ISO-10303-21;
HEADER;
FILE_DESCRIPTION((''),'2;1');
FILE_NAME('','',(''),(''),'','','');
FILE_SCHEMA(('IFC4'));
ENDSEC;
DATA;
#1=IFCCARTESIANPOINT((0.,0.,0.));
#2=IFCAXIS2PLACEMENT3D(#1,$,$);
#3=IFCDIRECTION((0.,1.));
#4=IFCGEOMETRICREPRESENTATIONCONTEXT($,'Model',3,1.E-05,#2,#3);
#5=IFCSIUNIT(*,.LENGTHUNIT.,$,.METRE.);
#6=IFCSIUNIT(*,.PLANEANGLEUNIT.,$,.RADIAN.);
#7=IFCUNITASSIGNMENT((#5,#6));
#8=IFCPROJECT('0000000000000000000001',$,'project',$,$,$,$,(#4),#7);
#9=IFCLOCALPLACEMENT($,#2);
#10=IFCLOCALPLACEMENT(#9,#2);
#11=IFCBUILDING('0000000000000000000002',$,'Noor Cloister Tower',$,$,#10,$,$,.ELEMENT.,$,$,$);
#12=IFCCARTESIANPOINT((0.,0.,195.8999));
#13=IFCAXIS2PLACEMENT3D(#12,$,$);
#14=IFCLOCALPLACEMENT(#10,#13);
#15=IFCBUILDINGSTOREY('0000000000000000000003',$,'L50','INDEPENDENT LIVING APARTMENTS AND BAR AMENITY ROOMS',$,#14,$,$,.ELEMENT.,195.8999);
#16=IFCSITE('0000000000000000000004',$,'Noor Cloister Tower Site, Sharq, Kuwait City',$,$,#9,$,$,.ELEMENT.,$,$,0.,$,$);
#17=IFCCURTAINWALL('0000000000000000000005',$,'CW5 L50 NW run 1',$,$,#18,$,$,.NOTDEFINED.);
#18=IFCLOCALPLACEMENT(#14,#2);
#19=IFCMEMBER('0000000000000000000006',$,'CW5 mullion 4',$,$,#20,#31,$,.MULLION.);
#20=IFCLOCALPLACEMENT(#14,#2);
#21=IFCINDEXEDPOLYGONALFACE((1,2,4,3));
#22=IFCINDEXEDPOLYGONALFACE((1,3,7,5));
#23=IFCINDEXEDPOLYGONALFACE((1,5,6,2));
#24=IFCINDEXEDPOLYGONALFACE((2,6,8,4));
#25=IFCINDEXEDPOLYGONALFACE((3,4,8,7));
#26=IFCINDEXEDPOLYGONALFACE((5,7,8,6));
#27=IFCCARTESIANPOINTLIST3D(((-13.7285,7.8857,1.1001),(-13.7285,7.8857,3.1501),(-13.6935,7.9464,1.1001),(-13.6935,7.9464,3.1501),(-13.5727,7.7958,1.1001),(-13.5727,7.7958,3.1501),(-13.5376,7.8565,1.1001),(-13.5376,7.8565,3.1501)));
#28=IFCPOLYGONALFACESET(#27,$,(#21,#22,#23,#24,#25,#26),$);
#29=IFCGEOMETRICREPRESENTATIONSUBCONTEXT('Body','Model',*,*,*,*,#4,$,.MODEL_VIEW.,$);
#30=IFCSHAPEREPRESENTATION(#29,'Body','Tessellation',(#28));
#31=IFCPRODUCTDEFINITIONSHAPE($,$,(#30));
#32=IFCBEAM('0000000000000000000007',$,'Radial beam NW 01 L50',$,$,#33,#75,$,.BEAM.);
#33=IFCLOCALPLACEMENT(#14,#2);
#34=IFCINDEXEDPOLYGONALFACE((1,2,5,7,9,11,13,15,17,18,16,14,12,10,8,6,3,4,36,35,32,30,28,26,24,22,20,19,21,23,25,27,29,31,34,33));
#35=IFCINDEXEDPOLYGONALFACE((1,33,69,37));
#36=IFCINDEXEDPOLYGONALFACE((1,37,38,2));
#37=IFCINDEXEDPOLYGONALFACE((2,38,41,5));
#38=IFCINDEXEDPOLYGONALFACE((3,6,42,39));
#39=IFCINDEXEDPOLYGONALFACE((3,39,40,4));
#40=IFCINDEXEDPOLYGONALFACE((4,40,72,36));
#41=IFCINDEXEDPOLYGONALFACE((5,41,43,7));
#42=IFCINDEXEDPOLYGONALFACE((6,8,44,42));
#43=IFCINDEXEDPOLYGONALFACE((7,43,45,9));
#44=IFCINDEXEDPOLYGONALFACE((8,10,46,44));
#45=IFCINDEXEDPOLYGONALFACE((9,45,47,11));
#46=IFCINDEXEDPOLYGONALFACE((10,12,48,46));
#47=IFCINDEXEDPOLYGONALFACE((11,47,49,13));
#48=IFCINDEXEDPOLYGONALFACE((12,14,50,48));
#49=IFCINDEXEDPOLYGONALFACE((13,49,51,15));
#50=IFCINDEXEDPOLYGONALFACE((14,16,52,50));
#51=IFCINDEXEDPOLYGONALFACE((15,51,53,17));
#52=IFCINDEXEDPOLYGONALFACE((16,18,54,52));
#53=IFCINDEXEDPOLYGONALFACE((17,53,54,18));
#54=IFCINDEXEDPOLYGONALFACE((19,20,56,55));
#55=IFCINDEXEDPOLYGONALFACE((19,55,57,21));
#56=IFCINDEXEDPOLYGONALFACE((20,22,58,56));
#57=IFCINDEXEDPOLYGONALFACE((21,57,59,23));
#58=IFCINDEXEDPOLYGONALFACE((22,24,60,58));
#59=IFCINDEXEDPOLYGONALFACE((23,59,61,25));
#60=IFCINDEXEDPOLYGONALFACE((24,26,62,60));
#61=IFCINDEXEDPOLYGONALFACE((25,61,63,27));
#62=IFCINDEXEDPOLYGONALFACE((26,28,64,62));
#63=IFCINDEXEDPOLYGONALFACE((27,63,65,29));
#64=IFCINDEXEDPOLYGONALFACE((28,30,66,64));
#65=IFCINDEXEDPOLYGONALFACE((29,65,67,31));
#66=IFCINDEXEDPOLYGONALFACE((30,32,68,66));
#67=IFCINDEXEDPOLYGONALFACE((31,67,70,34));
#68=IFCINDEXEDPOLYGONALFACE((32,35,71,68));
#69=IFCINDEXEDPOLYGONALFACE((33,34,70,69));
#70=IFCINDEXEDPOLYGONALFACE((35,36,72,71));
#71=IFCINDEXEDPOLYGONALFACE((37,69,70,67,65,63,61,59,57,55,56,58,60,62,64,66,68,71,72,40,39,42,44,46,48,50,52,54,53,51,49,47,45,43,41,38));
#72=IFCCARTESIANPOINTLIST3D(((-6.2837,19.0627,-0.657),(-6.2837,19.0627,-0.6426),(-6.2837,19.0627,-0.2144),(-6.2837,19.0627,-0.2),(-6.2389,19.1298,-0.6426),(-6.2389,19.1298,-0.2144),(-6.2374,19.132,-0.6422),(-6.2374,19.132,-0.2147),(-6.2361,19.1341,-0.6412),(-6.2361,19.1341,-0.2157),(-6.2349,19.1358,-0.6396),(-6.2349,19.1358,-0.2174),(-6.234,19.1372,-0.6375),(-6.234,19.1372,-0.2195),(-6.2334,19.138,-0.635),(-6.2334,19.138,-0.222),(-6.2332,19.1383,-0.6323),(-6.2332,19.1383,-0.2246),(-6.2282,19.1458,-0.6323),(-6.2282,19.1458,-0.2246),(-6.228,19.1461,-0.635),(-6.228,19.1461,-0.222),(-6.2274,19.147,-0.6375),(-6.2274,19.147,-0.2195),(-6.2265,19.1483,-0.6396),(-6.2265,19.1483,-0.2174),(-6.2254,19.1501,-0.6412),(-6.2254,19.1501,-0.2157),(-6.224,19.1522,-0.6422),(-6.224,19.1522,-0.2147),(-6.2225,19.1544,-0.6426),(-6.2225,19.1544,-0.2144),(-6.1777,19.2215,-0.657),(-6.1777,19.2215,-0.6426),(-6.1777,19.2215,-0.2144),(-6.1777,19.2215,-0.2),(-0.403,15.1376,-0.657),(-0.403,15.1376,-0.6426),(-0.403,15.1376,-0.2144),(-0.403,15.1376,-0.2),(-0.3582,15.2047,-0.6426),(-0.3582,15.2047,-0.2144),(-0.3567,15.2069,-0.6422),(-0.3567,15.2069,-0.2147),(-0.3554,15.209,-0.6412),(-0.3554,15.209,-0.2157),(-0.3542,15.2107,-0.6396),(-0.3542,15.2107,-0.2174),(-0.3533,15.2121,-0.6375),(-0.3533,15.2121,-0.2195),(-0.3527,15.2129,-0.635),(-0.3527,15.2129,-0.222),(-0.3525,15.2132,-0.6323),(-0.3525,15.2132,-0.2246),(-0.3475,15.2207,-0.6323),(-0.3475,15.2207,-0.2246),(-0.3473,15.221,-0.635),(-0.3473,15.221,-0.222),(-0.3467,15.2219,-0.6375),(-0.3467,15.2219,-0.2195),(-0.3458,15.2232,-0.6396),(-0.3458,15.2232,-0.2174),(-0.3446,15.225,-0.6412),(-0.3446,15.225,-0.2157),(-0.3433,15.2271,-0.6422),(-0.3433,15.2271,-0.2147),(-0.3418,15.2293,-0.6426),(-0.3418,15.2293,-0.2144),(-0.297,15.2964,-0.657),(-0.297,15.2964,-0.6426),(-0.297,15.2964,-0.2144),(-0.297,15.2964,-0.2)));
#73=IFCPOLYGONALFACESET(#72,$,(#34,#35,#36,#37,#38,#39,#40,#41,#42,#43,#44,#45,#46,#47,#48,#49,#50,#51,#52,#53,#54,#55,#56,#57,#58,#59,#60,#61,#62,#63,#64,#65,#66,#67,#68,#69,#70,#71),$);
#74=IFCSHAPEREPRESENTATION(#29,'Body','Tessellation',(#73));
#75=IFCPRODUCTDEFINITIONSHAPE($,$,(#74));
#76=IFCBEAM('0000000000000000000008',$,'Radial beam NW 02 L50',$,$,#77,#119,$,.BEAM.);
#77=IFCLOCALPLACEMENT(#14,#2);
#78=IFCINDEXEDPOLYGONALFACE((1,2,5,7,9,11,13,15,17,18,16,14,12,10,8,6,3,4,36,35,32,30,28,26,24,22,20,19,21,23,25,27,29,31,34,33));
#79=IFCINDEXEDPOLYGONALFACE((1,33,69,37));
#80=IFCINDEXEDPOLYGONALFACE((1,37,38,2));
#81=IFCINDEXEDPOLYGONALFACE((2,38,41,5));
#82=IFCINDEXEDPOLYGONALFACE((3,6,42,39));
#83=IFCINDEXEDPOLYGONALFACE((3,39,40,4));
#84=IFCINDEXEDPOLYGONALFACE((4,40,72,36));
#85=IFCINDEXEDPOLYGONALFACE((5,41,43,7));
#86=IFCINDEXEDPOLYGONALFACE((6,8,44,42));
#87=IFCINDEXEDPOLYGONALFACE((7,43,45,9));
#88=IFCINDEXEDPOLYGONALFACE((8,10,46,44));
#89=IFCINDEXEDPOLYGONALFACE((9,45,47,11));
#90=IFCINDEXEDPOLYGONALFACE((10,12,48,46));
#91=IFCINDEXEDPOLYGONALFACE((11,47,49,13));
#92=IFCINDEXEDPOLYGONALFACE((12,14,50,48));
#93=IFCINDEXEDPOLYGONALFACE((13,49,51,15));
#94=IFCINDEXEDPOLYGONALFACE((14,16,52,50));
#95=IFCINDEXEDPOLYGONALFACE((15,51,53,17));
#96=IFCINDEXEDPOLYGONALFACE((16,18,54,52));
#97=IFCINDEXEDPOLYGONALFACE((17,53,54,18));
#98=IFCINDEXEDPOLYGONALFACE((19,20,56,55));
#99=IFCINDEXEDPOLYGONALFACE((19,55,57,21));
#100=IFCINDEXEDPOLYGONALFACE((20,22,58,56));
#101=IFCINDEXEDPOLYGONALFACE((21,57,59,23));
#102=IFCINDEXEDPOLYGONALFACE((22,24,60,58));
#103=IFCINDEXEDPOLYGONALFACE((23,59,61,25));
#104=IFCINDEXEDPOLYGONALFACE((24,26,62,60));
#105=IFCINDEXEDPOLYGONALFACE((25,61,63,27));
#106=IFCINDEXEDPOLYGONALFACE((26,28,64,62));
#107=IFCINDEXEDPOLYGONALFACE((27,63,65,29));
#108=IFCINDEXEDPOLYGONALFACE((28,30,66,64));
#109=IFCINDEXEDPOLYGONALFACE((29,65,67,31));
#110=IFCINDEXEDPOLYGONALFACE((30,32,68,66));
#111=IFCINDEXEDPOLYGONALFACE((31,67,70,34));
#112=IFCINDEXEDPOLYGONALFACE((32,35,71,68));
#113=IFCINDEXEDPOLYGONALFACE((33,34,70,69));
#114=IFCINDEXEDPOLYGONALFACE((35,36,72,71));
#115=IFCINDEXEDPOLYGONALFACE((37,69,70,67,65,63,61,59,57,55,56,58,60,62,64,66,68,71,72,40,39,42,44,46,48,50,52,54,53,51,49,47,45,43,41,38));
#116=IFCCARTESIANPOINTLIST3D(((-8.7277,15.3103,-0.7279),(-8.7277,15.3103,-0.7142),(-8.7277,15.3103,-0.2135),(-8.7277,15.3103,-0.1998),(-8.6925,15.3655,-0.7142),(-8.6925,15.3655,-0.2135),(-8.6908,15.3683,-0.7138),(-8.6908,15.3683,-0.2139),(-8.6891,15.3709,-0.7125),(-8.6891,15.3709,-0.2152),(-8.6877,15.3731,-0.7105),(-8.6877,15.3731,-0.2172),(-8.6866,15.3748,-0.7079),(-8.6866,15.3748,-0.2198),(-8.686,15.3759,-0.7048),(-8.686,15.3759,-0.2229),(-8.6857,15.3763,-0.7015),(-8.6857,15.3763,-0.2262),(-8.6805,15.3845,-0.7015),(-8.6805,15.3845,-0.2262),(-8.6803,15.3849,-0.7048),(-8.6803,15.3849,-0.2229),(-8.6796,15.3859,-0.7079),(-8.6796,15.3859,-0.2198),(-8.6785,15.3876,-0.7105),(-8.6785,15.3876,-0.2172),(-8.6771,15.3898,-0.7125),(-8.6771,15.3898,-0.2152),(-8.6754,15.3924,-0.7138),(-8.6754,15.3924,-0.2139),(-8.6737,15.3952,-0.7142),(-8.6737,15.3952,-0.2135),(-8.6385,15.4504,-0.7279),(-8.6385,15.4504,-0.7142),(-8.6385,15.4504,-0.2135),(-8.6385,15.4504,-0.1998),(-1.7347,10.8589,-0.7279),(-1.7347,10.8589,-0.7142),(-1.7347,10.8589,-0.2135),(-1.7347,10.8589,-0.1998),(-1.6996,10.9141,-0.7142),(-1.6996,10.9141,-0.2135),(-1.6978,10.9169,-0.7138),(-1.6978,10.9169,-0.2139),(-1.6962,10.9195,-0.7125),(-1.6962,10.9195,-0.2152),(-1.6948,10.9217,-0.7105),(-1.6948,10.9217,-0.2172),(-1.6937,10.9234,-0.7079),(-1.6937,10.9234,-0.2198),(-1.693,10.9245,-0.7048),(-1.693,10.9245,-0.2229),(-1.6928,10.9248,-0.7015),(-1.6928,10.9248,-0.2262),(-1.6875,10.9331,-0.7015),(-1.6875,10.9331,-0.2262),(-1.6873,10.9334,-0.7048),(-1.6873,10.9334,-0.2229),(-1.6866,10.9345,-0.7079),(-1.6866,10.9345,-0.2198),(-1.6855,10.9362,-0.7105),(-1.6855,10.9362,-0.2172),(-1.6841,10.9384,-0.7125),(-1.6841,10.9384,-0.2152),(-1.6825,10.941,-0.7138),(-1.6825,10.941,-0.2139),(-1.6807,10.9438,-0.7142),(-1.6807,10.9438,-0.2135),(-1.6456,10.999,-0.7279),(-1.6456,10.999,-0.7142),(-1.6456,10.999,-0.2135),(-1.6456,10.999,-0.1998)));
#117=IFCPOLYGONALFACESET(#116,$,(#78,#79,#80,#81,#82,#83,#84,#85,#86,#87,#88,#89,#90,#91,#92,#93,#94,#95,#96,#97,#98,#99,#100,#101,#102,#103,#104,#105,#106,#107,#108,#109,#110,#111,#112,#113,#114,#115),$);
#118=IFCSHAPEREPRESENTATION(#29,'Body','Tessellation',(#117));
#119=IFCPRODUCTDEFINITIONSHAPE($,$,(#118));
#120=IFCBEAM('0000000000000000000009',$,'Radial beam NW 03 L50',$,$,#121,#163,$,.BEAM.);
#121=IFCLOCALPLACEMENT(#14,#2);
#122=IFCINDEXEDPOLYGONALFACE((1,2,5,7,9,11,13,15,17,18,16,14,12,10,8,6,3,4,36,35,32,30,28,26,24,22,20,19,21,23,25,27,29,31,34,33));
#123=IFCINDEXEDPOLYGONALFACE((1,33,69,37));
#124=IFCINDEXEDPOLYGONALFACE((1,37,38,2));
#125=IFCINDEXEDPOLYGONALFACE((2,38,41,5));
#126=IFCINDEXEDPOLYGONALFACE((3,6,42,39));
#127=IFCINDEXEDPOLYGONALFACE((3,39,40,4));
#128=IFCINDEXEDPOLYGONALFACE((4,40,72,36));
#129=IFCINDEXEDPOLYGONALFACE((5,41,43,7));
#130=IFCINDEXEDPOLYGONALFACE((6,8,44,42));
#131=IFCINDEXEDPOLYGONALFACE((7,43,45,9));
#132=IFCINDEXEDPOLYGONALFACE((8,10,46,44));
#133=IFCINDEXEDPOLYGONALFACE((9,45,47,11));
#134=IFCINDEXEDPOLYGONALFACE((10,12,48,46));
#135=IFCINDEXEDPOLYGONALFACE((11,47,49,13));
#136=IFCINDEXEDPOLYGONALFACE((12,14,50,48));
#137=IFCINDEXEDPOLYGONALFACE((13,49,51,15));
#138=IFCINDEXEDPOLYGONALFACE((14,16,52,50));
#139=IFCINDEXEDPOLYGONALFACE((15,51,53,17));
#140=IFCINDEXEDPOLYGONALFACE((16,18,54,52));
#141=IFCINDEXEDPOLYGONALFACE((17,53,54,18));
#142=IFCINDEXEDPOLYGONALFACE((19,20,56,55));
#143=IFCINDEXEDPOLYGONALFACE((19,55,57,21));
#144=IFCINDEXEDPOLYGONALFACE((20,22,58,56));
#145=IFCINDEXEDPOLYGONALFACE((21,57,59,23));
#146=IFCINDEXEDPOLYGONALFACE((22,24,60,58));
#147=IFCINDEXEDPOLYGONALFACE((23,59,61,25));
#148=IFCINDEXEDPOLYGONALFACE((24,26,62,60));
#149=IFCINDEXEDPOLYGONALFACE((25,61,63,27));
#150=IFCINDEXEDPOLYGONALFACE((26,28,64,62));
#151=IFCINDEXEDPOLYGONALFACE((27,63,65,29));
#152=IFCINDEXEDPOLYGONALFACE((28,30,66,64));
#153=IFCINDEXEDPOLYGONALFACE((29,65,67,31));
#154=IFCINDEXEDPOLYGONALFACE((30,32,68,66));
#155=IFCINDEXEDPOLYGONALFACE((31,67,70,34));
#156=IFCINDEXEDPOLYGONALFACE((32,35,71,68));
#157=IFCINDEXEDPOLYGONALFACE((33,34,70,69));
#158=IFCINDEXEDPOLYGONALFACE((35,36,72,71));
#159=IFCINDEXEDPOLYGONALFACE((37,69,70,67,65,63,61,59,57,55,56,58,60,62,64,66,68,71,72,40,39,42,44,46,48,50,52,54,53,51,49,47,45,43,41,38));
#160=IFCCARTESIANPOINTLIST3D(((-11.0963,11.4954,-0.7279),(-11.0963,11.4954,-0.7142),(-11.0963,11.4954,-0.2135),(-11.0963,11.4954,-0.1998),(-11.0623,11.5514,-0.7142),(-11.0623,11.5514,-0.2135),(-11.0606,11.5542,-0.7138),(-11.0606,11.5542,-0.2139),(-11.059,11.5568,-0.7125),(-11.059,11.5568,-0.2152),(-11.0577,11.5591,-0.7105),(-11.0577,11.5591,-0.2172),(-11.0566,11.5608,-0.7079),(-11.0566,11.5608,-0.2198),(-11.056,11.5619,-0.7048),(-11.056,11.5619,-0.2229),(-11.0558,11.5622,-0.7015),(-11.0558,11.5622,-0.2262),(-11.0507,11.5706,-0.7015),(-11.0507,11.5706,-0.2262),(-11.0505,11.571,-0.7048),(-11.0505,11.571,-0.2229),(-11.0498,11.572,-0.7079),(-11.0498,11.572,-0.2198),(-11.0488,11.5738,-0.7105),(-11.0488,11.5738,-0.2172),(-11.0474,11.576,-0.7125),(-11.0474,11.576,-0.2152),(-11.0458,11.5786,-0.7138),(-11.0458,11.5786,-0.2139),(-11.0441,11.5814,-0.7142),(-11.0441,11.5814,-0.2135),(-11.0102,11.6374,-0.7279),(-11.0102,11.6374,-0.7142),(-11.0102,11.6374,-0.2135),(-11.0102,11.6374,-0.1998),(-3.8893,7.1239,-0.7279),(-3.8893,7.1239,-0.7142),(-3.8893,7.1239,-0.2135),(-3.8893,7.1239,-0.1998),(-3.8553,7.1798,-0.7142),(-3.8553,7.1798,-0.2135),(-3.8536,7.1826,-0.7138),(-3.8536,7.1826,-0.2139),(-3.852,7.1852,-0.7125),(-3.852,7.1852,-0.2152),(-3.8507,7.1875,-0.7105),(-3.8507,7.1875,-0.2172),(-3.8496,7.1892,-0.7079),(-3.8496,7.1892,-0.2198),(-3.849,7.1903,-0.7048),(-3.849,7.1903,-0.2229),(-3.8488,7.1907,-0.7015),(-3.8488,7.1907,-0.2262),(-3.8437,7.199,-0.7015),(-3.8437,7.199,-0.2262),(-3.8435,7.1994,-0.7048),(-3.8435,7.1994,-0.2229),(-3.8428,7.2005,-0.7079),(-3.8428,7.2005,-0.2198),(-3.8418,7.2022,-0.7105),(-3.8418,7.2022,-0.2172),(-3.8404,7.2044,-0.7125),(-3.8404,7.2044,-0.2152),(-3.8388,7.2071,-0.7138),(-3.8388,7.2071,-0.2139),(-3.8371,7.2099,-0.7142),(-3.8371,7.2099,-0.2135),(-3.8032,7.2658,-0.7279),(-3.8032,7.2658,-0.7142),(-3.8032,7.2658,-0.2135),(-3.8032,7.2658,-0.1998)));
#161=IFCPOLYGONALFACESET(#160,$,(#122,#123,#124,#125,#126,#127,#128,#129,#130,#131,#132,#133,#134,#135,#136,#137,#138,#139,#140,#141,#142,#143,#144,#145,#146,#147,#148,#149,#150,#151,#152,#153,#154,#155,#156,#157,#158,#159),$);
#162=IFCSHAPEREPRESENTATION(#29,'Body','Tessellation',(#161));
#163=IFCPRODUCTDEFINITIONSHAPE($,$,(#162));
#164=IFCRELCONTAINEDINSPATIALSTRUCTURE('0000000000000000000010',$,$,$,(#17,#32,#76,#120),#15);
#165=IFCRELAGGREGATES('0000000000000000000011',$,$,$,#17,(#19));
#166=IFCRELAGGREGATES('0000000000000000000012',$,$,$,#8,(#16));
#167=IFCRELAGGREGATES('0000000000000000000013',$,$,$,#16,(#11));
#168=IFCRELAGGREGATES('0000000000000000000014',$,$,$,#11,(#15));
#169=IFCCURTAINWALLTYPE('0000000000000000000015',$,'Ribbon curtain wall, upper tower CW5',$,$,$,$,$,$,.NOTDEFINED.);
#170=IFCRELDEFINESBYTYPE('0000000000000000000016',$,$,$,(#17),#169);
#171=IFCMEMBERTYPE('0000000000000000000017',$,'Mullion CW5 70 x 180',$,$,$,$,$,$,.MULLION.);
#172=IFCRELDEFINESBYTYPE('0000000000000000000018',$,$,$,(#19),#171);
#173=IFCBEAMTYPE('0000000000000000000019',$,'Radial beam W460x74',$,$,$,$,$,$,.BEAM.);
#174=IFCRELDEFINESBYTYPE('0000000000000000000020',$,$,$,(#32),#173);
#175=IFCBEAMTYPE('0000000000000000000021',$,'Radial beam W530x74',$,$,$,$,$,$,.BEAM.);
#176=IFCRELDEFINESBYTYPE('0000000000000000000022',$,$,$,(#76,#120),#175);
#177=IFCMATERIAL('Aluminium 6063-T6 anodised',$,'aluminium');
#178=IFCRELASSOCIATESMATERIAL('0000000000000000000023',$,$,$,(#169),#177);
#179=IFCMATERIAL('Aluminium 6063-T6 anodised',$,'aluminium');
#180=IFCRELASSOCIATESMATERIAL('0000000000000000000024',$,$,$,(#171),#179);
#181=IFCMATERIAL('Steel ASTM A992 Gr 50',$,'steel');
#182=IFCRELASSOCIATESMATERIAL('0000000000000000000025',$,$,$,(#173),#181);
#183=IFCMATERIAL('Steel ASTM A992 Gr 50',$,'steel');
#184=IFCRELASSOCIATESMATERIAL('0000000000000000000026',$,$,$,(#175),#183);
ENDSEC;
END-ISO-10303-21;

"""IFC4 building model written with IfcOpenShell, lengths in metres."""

from ifc_helpers import new_model, si_unit, direction, frame, origin, origin_2d, place, context, subcontext, project, spatial, rectangle, i_section, extrude, material, material_profile, profile_set, type_object, element, aggregate, save


model = new_model("IFC4")

# Units and contexts
model_context = context("Model", 3, precision=1e-05, world=origin(), true_north=direction((0.0, 1.0)))
body_context = subcontext(model_context, "Body", "Model", "MODEL_VIEW")
ifc_project = project(units=[si_unit("LENGTHUNIT", "METRE"), si_unit("PLANEANGLEUNIT", "RADIAN")], contexts=[model_context])

# Site, building, storey
site_placement = place(None, origin())
site = spatial("IfcSite", under=ifc_project, at=site_placement, Name="Noor Cloister Tower Site, Sharq, Kuwait City", CompositionType="ELEMENT", RefElevation=0.0)
building_placement = place(site_placement, origin())
building = spatial("IfcBuilding", under=site, at=building_placement, Name="Noor Cloister Tower", CompositionType="ELEMENT")
storey_placement = place(building_placement, frame((0.0, 0.0, 195.8999)))
storey = spatial("IfcBuildingStorey", under=building, at=storey_placement, Name="L50", Description="INDEPENDENT LIVING APARTMENTS AND BAR AMENITY ROOMS", CompositionType="ELEMENT", Elevation=195.8999)

# Curtain wall, member
ifc_material_1 = material(Name="Aluminium 6063-T6 anodised", Category="aluminium")
curtain_wall_type = type_object("IfcCurtainWallType", Name="Ribbon curtain wall, upper tower CW5", PredefinedType="NOTDEFINED", material=ifc_material_1)
curtain_wall_placement = place(storey_placement, origin())
curtain_wall = element("IfcCurtainWall", 1, at=curtain_wall_placement, inside=storey, type_object=curtain_wall_type, Name="CW5 L50 NW run 1", PredefinedType="NOTDEFINED")
ifc_material_2 = material(Name="Aluminium 6063-T6 anodised", Category="aluminium")
ifc_material_profile_1 = material_profile(ifc_material_2, rectangle(XDim=0.1799, YDim=0.0701, at=origin_2d()), Name="180 x 70 mullion")
ifc_profile_set_1 = profile_set([ifc_material_profile_1], Name="Aluminium 6063-T6 anodised")
member_type = type_object("IfcMemberType", Name="Mullion CW5 70 x 180", PredefinedType="MULLION", material=ifc_profile_set_1)
member_1_placement = place(storey_placement, frame((-13.6331, 7.8711, 1.1001), z_axis=(0.0, 0.0, 1.0), x_axis=(0.866025, -0.5, 0.0)))
member_1 = element("IfcMember", 2, at=member_1_placement, type_object=member_type, Name="CW5 mullion 4", PredefinedType="MULLION", context=body_context, shape_type="SweptSolid", body=[
    extrude(rectangle(XDim=0.1799, YDim=0.0701, at=origin_2d()), origin(), (0.0, 0.0, 1.0), 2.05),
])

# Beams
ifc_material_3 = material(Name="Steel ASTM A992 Gr 50", Category="steel")
ifc_material_profile_2 = material_profile(ifc_material_3, i_section(OverallWidth=0.1909, OverallDepth=0.457, WebThickness=0.009, FlangeThickness=0.0144, FilletRadius=0.0103, at=origin_2d()), Name="W460x74")
ifc_profile_set_2 = profile_set([ifc_material_profile_2], Name="Steel ASTM A992 Gr 50")
beam_type_1 = type_object("IfcBeamType", Name="Radial beam W460x74", PredefinedType="BEAM", material=ifc_profile_set_2)
beam_1_placement = place(storey_placement, frame((-6.2307, 19.1421, -0.4285), z_axis=(0.831747, -0.555154, 0.0), x_axis=(0.555154, 0.831747, 0.0)))
element("IfcBeam", 3, at=beam_1_placement, inside=storey, type_object=beam_type_1, Name="Radial beam NW 01 L50", PredefinedType="BEAM", context=body_context, shape_type="SweptSolid", body=[
    extrude(i_section(OverallWidth=0.1909, OverallDepth=0.457, WebThickness=0.009, FlangeThickness=0.0144, FilletRadius=0.0103, at=origin_2d()), origin(), (0.0, 0.0, 1.0), 7.0703),
])
ifc_material_4 = material(Name="Steel ASTM A992 Gr 50", Category="steel")
ifc_material_profile_3 = material_profile(ifc_material_4, i_section(OverallWidth=0.166, OverallDepth=0.5281, WebThickness=0.0098, FlangeThickness=0.0137, FilletRadius=0.0127, at=origin_2d()), Name="W530x74")
ifc_profile_set_3 = profile_set([ifc_material_profile_3], Name="Steel ASTM A992 Gr 50")
beam_type_2 = type_object("IfcBeamType", Name="Radial beam W530x74", PredefinedType="BEAM", material=ifc_profile_set_3)
beam_2_placement = place(storey_placement, frame((-8.6831, 15.3804, -0.4639), z_axis=(0.843586, -0.536994, 0.0), x_axis=(0.536994, 0.843586, 0.0)))
element("IfcBeam", 4, at=beam_2_placement, inside=storey, type_object=beam_type_2, Name="Radial beam NW 02 L50", PredefinedType="BEAM", context=body_context, shape_type="SweptSolid", body=[
    extrude(i_section(OverallWidth=0.166, OverallDepth=0.5281, WebThickness=0.0098, FlangeThickness=0.0137, FilletRadius=0.0127, at=origin_2d()), origin(), (0.0, 0.0, 1.0), 8.2896),
])
beam_3_placement = place(storey_placement, frame((-11.0532, 11.5664, -0.4639), z_axis=(0.855004, -0.518621, 0.0), x_axis=(0.518621, 0.855004, 0.0)))
element("IfcBeam", 5, at=beam_3_placement, inside=storey, type_object=beam_type_2, Name="Radial beam NW 03 L50", PredefinedType="BEAM", context=body_context, shape_type="SweptSolid", body=[
    extrude(i_section(OverallWidth=0.166, OverallDepth=0.5281, WebThickness=0.0098, FlangeThickness=0.0137, FilletRadius=0.0127, at=origin_2d()), origin(), (0.0, 0.0, 1.0), 8.4292),
])

aggregate(curtain_wall, [member_1])

save(model, "model.ifc")
